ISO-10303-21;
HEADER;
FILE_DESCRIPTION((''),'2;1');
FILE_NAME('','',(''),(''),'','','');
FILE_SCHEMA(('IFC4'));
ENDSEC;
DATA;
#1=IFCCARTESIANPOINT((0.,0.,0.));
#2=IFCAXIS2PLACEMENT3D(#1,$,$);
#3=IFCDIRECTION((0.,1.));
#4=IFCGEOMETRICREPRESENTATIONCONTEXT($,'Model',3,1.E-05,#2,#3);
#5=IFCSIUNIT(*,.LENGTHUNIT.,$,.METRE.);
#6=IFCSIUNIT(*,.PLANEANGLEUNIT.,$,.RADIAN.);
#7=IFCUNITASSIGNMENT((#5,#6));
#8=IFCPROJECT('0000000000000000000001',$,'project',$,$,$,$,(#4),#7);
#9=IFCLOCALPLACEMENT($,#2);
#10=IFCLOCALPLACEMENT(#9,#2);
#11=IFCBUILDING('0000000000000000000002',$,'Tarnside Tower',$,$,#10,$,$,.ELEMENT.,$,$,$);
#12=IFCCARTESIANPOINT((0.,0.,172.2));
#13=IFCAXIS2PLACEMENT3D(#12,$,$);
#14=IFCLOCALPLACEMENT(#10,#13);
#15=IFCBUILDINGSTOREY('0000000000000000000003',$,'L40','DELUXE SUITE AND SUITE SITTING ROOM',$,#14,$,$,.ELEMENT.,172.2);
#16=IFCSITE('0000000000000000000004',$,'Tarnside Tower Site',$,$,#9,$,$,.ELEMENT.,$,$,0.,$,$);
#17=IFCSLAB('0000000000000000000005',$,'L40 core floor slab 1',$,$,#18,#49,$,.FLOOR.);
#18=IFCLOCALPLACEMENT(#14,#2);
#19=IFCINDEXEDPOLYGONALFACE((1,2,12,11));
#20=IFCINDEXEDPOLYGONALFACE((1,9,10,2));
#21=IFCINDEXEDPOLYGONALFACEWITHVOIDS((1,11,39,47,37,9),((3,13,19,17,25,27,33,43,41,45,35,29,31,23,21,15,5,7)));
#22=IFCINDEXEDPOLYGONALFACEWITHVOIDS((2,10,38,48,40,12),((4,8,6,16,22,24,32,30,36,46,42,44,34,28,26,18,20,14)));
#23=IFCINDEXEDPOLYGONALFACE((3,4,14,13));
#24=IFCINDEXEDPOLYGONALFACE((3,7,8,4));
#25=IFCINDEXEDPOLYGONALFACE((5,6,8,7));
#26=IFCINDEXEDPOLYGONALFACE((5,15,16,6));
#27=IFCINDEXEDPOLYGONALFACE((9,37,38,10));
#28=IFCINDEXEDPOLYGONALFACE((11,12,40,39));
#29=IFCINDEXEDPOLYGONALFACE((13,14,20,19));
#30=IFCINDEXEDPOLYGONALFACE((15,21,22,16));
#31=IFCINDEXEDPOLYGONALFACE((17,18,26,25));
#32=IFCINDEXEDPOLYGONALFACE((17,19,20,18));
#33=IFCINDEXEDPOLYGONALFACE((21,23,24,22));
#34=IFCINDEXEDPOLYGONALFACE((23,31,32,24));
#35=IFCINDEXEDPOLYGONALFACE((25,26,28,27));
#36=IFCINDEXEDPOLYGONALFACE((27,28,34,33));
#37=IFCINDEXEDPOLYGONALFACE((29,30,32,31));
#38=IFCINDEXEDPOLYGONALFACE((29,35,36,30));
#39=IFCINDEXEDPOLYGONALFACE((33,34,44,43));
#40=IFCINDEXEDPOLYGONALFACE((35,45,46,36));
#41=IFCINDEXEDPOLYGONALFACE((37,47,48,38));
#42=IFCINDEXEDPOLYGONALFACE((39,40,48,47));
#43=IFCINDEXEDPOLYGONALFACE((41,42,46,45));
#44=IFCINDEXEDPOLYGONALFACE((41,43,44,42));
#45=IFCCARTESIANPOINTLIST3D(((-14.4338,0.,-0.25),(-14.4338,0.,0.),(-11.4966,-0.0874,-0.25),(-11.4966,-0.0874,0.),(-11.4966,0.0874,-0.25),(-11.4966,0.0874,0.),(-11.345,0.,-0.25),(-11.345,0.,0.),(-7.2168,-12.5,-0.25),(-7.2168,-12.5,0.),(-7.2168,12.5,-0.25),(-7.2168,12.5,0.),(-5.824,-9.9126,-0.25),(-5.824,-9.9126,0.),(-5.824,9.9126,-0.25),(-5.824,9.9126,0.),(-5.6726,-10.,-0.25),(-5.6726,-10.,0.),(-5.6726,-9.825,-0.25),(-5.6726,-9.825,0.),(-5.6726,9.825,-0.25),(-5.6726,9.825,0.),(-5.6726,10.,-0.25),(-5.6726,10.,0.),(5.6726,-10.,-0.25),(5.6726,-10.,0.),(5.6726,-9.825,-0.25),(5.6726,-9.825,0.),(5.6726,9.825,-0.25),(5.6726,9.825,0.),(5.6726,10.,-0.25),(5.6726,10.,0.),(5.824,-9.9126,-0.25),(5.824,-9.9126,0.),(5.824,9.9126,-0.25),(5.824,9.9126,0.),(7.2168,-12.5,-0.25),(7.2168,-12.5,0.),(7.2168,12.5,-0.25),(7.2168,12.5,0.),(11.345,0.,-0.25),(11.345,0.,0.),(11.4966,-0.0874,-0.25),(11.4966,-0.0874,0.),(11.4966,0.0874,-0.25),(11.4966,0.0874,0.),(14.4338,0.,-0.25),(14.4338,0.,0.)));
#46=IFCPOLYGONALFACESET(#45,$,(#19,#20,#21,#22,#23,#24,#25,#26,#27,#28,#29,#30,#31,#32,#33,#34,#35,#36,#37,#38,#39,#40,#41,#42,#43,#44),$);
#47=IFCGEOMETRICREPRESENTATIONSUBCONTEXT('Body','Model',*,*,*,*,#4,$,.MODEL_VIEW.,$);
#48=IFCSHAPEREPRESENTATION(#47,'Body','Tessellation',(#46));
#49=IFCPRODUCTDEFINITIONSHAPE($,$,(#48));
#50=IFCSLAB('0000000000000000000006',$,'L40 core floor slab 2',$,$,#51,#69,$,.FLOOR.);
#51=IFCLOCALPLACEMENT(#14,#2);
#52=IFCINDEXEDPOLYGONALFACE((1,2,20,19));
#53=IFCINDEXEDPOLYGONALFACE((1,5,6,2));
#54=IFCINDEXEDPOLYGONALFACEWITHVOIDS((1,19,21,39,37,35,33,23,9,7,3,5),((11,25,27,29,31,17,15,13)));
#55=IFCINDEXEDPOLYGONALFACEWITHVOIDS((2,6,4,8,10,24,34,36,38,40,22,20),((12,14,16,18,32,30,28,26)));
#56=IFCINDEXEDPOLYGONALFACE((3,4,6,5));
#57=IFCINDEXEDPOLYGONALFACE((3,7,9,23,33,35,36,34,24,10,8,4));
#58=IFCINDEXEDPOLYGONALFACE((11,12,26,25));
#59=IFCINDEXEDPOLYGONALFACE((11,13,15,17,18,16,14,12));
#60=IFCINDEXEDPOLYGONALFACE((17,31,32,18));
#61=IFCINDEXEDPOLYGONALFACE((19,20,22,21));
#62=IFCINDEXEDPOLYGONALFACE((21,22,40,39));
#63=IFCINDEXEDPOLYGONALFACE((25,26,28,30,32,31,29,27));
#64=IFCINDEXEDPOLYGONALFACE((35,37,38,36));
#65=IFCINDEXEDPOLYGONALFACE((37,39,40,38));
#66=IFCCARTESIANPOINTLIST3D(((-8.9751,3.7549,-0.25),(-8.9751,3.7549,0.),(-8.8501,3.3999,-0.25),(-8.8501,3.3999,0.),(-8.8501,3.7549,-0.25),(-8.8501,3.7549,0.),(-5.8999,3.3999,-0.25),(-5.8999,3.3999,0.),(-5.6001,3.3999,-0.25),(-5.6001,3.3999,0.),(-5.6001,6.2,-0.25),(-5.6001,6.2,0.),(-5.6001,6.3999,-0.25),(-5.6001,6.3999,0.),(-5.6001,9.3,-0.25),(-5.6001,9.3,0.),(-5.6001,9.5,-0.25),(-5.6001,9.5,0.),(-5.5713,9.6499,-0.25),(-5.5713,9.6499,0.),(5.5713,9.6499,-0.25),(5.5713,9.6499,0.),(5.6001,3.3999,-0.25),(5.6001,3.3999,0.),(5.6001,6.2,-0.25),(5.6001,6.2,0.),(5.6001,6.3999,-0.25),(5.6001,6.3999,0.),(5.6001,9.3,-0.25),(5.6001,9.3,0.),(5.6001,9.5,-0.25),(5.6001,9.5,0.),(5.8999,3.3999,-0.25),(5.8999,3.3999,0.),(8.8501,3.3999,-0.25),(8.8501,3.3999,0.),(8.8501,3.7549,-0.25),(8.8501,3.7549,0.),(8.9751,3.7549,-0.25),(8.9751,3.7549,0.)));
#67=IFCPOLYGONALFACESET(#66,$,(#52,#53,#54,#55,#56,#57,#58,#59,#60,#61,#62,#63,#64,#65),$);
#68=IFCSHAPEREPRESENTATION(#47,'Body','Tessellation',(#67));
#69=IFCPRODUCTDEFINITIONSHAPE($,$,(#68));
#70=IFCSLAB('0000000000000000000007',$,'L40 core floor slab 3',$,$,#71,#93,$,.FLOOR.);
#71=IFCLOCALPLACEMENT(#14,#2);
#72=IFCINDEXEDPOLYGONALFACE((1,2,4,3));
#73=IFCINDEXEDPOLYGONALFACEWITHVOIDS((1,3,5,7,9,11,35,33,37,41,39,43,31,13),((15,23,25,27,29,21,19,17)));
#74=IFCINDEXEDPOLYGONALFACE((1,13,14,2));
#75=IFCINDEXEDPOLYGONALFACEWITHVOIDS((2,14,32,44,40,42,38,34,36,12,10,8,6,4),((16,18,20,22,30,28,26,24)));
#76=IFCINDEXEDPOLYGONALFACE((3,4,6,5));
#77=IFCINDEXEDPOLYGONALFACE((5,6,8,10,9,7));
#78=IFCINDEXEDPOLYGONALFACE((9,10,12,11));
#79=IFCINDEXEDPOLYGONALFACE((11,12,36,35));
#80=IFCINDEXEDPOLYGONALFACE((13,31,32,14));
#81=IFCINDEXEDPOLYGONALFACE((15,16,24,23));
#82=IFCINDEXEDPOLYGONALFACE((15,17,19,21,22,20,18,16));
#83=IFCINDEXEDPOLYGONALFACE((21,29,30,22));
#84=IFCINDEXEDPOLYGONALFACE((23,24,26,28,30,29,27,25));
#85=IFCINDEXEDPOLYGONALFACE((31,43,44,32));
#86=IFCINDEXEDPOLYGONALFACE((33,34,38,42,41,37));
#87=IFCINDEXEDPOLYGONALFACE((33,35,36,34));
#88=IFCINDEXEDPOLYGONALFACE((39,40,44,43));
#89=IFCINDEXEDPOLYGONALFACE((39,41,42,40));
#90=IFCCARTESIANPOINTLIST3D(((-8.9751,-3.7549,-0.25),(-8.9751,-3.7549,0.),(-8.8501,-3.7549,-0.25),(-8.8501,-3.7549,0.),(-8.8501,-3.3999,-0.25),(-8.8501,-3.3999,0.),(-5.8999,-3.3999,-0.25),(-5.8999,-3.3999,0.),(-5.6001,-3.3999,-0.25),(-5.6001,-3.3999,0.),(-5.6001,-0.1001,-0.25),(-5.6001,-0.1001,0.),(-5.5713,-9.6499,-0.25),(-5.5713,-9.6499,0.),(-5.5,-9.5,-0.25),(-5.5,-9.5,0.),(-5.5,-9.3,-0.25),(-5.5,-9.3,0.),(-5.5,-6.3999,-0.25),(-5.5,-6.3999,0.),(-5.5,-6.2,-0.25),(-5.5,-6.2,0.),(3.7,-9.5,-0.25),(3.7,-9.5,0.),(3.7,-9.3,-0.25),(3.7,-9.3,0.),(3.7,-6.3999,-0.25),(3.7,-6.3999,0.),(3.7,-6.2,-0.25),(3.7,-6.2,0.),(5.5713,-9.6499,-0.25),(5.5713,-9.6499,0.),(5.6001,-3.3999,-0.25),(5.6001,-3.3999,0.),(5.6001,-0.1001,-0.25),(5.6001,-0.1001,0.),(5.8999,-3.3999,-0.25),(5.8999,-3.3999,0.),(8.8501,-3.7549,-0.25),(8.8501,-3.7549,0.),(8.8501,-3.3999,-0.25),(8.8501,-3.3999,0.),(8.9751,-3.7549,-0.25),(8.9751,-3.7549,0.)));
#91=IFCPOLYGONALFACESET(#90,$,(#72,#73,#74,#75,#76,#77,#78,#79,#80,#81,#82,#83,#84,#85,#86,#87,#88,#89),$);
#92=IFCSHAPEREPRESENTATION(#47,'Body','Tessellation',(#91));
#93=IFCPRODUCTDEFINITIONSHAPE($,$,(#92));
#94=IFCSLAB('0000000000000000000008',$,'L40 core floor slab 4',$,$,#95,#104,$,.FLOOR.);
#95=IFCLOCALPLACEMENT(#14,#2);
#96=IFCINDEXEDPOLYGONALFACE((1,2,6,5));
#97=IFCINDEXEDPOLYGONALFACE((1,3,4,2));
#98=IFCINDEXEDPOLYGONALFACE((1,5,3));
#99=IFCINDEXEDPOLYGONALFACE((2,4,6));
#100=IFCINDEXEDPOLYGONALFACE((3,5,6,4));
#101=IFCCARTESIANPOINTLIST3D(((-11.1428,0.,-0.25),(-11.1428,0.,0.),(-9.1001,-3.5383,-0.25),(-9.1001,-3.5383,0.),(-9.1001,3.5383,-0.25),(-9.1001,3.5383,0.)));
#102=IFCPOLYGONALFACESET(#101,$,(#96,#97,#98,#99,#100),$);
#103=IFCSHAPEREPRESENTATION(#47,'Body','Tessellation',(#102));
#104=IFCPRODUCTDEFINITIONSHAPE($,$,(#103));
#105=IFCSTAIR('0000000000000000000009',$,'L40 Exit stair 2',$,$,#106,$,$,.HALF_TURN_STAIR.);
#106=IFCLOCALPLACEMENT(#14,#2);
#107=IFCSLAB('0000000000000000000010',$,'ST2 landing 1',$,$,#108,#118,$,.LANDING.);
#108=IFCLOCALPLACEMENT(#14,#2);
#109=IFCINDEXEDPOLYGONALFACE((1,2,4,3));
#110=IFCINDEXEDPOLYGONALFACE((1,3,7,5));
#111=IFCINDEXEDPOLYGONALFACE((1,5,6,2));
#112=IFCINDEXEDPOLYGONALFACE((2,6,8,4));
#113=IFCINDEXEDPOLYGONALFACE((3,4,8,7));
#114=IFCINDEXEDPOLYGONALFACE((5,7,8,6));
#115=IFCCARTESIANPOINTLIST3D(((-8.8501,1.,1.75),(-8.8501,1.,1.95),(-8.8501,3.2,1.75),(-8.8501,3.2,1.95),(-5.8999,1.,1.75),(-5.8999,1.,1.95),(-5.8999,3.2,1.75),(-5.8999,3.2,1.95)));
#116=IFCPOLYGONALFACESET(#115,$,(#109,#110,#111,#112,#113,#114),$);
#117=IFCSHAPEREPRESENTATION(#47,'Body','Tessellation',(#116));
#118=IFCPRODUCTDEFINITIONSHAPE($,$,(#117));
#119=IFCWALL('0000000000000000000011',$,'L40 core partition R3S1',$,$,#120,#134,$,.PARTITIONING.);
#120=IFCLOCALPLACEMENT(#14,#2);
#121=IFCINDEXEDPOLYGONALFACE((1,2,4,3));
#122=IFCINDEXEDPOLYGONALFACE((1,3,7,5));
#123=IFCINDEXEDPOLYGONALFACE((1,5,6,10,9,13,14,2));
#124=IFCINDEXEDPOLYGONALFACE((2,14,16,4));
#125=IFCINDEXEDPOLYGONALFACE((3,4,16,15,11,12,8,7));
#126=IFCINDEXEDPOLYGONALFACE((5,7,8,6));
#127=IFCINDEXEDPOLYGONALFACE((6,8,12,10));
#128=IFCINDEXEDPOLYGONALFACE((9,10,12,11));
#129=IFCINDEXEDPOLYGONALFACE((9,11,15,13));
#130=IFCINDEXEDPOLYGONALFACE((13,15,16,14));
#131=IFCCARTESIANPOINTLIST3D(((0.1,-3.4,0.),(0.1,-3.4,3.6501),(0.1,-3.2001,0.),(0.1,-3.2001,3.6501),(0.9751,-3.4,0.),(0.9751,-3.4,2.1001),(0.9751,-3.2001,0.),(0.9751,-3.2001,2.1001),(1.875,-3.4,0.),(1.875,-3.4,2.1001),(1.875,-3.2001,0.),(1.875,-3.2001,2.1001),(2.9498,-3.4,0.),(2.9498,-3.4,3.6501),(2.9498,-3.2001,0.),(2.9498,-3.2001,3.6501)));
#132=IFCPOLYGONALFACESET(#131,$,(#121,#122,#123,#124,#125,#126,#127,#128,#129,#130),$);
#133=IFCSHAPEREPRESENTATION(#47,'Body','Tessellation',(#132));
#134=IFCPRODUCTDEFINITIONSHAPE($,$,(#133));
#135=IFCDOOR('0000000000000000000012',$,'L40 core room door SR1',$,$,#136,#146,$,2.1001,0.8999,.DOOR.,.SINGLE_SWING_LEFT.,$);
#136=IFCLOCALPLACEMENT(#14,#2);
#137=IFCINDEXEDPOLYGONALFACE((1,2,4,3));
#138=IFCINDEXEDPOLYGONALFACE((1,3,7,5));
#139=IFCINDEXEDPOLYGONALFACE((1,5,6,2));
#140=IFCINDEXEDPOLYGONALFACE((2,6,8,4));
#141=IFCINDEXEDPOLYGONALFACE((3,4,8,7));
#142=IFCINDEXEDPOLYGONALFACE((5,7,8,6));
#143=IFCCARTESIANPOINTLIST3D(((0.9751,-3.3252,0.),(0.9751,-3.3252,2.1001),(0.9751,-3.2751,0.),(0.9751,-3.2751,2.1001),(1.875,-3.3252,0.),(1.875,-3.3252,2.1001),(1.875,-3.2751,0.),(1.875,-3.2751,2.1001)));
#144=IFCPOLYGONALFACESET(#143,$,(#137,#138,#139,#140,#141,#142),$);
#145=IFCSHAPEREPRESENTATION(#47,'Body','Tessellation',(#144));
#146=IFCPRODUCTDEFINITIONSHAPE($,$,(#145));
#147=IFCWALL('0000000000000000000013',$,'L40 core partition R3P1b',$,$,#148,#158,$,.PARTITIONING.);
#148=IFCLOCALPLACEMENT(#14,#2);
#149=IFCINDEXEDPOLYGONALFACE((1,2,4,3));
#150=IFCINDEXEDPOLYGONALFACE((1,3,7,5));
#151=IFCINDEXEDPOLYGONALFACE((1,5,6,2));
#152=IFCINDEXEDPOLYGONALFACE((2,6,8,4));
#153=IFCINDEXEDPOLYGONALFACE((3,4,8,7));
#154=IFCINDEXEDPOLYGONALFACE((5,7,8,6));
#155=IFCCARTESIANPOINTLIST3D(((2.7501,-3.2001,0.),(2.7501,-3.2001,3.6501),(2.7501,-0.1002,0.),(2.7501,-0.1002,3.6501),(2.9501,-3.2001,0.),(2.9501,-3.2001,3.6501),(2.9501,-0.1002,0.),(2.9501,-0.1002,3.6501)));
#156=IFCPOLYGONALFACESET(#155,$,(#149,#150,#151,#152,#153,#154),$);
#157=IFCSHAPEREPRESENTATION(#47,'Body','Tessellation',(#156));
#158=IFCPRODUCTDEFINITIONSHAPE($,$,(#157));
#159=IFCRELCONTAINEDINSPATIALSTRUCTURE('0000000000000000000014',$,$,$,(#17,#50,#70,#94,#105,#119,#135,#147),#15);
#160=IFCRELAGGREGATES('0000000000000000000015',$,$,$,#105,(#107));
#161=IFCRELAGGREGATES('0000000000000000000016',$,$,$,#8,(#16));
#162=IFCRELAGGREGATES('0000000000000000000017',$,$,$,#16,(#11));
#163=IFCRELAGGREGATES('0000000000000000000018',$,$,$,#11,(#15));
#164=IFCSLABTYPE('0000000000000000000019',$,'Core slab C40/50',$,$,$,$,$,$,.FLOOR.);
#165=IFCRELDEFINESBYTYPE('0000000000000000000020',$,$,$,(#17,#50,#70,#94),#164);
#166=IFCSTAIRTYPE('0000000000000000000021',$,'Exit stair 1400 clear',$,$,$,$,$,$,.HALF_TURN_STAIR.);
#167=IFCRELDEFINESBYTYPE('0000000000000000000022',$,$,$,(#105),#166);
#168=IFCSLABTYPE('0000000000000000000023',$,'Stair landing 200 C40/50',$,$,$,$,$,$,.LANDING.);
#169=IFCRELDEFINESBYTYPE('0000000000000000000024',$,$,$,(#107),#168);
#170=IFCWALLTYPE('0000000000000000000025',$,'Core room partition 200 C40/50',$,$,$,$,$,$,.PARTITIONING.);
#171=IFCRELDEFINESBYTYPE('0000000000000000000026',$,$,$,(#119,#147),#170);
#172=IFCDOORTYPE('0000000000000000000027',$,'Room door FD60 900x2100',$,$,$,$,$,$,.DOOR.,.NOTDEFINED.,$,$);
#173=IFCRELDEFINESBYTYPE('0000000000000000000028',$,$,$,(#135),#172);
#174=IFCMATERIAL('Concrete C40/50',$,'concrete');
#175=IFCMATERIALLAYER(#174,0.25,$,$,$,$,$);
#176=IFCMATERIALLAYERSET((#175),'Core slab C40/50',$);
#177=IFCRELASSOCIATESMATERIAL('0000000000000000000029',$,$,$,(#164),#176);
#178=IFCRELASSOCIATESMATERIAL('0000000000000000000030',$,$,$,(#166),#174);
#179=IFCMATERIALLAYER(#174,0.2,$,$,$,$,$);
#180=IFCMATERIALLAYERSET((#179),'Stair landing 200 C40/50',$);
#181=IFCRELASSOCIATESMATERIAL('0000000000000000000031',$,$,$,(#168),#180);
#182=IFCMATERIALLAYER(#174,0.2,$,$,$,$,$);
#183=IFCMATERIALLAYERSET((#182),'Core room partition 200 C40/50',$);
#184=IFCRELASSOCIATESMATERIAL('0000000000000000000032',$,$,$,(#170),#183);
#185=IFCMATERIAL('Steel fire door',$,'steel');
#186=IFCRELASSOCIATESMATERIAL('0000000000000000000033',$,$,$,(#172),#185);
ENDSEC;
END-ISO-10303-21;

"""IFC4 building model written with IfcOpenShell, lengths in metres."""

from ifc_helpers import new_model, si_unit, direction, frame, frame_2d, origin, place, context, subcontext, project, spatial, polyline, rectangle, outline, extrude, material, layer, layer_set, type_object, element, fill, aggregate, save


model = new_model("IFC4")

# Units and contexts
model_context = context("Model", 3, precision=1e-05, world=origin(), true_north=direction((0.0, 1.0)))
body_context = subcontext(model_context, "Body", "Model", "MODEL_VIEW")
ifc_project = project(units=[si_unit("LENGTHUNIT", "METRE"), si_unit("PLANEANGLEUNIT", "RADIAN")], contexts=[model_context])

# Site, building, storey
site_placement = place(None, origin())
site = spatial("IfcSite", under=ifc_project, at=site_placement, Name="Tarnside Tower Site", CompositionType="ELEMENT", RefElevation=0.0)
building_placement = place(site_placement, origin())
building = spatial("IfcBuilding", under=site, at=building_placement, Name="Tarnside Tower", CompositionType="ELEMENT")
storey_placement = place(building_placement, frame((0.0, 0.0, 172.2)))
storey = spatial("IfcBuildingStorey", under=building, at=storey_placement, Name="L40", Description="DELUXE SUITE AND SUITE SITTING ROOM", CompositionType="ELEMENT", Elevation=172.2)

# Slabs
ifc_material_1 = material(Name="Concrete C40/50", Category="concrete")
ifc_layer_1 = layer(ifc_material_1, 0.25)
ifc_layer_set_1 = layer_set([ifc_layer_1], Name="Core slab C40/50")
slab_type_1 = type_object("IfcSlabType", Name="Core slab C40/50", PredefinedType="FLOOR", material=ifc_layer_set_1)
slab_1_placement = place(storey_placement, frame((0.0, 0.0, -0.25)))
element("IfcSlab", 1, at=slab_1_placement, inside=storey, type_object=slab_type_1, Name="L40 core floor slab 1", PredefinedType="FLOOR", context=body_context, shape_type="SweptSolid", body=[
    extrude(outline(polyline([(-7.2168, 12.5), (7.2168, 12.5), (14.4338, 0.0), (7.2168, -12.5), (-7.2168, -12.5), (-14.4338, 0.0), (-7.2168, 12.5)]), holes=[polyline([(5.824, -9.9126), (11.4966, -0.0874), (11.345, 0.0), (11.4966, 0.0874), (5.824, 9.9126), (5.6726, 9.825), (5.6726, 10.0), (-5.6726, 10.0), (-5.6726, 9.825), (-5.824, 9.9126), (-11.4966, 0.0874), (-11.345, 0.0), (-11.4966, -0.0874), (-5.824, -9.9126), (-5.6726, -9.825), (-5.6726, -10.0), (5.6726, -10.0), (5.6726, -9.825), (5.824, -9.9126)])]), origin(), (0.0, 0.0, 1.0), 0.25),
])
slab_2_placement = place(storey_placement, frame((0.0, 0.0, -0.25)))
element("IfcSlab", 2, at=slab_2_placement, inside=storey, type_object=slab_type_1, Name="L40 core floor slab 2", PredefinedType="FLOOR", context=body_context, shape_type="SweptSolid", body=[
    extrude(outline(polyline([(-8.9751, 3.7549), (-5.5713, 9.6499), (5.5713, 9.6499), (8.9751, 3.7549), (8.8501, 3.7549), (8.8501, 3.3999), (5.8999, 3.3999), (5.6001, 3.3999), (5.6001, 3.3999), (-5.6001, 3.3999), (-5.8999, 3.3999), (-8.8501, 3.3999), (-8.8501, 3.7549), (-8.9751, 3.7549)]), holes=[polyline([(-5.6001, 6.2), (5.6001, 6.2), (5.6001, 6.3999), (5.6001, 9.3), (5.6001, 9.5), (-5.6001, 9.5), (-5.6001, 9.3), (-5.6001, 6.3999), (-5.6001, 6.2)])]), origin(), (0.0, 0.0, 1.0), 0.25),
])
slab_3_placement = place(storey_placement, frame((0.0, 0.0, -0.25)))
element("IfcSlab", 3, at=slab_3_placement, inside=storey, type_object=slab_type_1, Name="L40 core floor slab 3", PredefinedType="FLOOR", context=body_context, shape_type="SweptSolid", body=[
    extrude(outline(polyline([(5.6001, -3.3999), (5.8999, -3.3999), (8.8501, -3.3999), (8.8501, -3.7549), (8.9751, -3.7549), (5.5713, -9.6499), (-5.5713, -9.6499), (-8.9751, -3.7549), (-8.8501, -3.7549), (-8.8501, -3.3999), (-5.8999, -3.3999), (-5.6001, -3.3999), (-5.6001, -0.1001), (5.6001, -0.1001), (5.6001, -3.3999)]), holes=[polyline([(-5.5, -9.3), (-5.5, -9.5), (3.7, -9.5), (3.7, -9.3), (3.7, -6.3999), (3.7, -6.2), (-5.5, -6.2), (-5.5, -6.3999), (-5.5, -9.3)])]), origin(), (0.0, 0.0, 1.0), 0.25),
])
slab_4_placement = place(storey_placement, frame((0.0, 0.0, -0.25)))
element("IfcSlab", 4, at=slab_4_placement, inside=storey, type_object=slab_type_1, Name="L40 core floor slab 4", PredefinedType="FLOOR", context=body_context, shape_type="SweptSolid", body=[
    extrude(outline(polyline([(-11.1428, 0.0), (-9.1001, 3.5383), (-9.1001, -3.5383), (-11.1428, 0.0)])), origin(), (0.0, 0.0, 1.0), 0.25),
])

# Stair, slab
stair_type = type_object("IfcStairType", Name="Exit stair 1400 clear", PredefinedType="HALF_TURN_STAIR", material=ifc_material_1)
stair_1_placement = place(storey_placement, origin())
stair_1 = element("IfcStair", 5, at=stair_1_placement, inside=storey, type_object=stair_type, Name="L40 Exit stair 2", PredefinedType="HALF_TURN_STAIR")
ifc_layer_2 = layer(ifc_material_1, 0.2)
ifc_layer_set_2 = layer_set([ifc_layer_2], Name="Stair landing 200 C40/50")
slab_type_2 = type_object("IfcSlabType", Name="Stair landing 200 C40/50", PredefinedType="LANDING", material=ifc_layer_set_2)
slab_5_placement = place(storey_placement, frame((0.0, 0.0, 1.75)))
slab_5 = element("IfcSlab", 6, at=slab_5_placement, type_object=slab_type_2, Name="ST2 landing 1", PredefinedType="LANDING", context=body_context, shape_type="SweptSolid", body=[
    extrude(outline(polyline([(-5.8999, 1.0), (-5.8999, 3.2), (-8.8501, 3.2), (-8.8501, 1.0), (-5.8999, 1.0)])), origin(), (0.0, 0.0, 1.0), 0.2),
])
aggregate(stair_1, [slab_5])

# Wall, opening, door
ifc_layer_3 = layer(ifc_material_1, 0.2)
ifc_layer_set_3 = layer_set([ifc_layer_3], Name="Core room partition 200 C40/50")
wall_type_1 = type_object("IfcWallType", Name="Core room partition 200 C40/50", PredefinedType="PARTITIONING", material=ifc_layer_set_3)
wall_1_placement = place(storey_placement, frame((0.1001, -3.3, 0.0), z_axis=(0.0, 0.0, 1.0), x_axis=(1.0, 0.0, 0.0)))
wall_1 = element("IfcWall", 7, at=wall_1_placement, inside=storey, type_object=wall_type_1, Name="L40 core partition R3S1", PredefinedType="PARTITIONING", context=body_context, shape_type="SweptSolid", body=[
    extrude(rectangle(XDim=2.8499, YDim=0.2, at=frame_2d((1.4248, 0.0))), origin(), (0.0, 0.0, 1.0), 3.6501),
])
opening_1_placement = place(wall_1_placement, frame((0.875, 0.0, 0.0)))
opening_1 = element("IfcOpeningElement", 8, at=opening_1_placement, cuts=wall_1, PredefinedType="OPENING", context=body_context, shape_type="SweptSolid", body=[
    extrude(rectangle(XDim=0.8999, YDim=2.1001, at=frame_2d((0.45, 1.05))), frame((0.0, 0.1099, 0.0), z_axis=(0.0, -1.0, 0.0), x_axis=(1.0, 0.0, 0.0)), (0.0, 0.0, 1.0), 0.22),
])
ifc_material_2 = material(Name="Steel fire door", Category="steel")
door_type_1 = type_object("IfcDoorType", Name="Room door FD60 900x2100", OperationType="NOTDEFINED", PredefinedType="DOOR", material=ifc_material_2)
door_1_placement = place(opening_1_placement, origin())
door_1 = element("IfcDoor", 9, at=door_1_placement, inside=storey, type_object=door_type_1, Name="L40 core room door SR1", OperationType="SINGLE_SWING_LEFT", OverallHeight=2.1001, OverallWidth=0.8999, PredefinedType="DOOR", context=body_context, shape_type="SweptSolid", body=[
    extrude(rectangle(XDim=0.8999, YDim=2.1001, at=frame_2d((0.45, 1.05))), frame((0.0, 0.0249, 0.0), z_axis=(0.0, -1.0, 0.0), x_axis=(1.0, 0.0, 0.0)), (0.0, 0.0, 1.0), 0.05),
])
fill(opening_1, door_1)

# Wall
wall_2_placement = place(storey_placement, frame((2.8501, -3.2, 0.0), z_axis=(0.0, 0.0, 1.0), x_axis=(0.0, 1.0, 0.0)))
element("IfcWall", 10, at=wall_2_placement, inside=storey, type_object=wall_type_1, Name="L40 core partition R3P1b", PredefinedType="PARTITIONING", context=body_context, shape_type="SweptSolid", body=[
    extrude(rectangle(XDim=3.0999, YDim=0.2, at=frame_2d((1.5498, 0.0))), origin(), (0.0, 0.0, 1.0), 3.6501),
])

save(model, "model.ifc")
